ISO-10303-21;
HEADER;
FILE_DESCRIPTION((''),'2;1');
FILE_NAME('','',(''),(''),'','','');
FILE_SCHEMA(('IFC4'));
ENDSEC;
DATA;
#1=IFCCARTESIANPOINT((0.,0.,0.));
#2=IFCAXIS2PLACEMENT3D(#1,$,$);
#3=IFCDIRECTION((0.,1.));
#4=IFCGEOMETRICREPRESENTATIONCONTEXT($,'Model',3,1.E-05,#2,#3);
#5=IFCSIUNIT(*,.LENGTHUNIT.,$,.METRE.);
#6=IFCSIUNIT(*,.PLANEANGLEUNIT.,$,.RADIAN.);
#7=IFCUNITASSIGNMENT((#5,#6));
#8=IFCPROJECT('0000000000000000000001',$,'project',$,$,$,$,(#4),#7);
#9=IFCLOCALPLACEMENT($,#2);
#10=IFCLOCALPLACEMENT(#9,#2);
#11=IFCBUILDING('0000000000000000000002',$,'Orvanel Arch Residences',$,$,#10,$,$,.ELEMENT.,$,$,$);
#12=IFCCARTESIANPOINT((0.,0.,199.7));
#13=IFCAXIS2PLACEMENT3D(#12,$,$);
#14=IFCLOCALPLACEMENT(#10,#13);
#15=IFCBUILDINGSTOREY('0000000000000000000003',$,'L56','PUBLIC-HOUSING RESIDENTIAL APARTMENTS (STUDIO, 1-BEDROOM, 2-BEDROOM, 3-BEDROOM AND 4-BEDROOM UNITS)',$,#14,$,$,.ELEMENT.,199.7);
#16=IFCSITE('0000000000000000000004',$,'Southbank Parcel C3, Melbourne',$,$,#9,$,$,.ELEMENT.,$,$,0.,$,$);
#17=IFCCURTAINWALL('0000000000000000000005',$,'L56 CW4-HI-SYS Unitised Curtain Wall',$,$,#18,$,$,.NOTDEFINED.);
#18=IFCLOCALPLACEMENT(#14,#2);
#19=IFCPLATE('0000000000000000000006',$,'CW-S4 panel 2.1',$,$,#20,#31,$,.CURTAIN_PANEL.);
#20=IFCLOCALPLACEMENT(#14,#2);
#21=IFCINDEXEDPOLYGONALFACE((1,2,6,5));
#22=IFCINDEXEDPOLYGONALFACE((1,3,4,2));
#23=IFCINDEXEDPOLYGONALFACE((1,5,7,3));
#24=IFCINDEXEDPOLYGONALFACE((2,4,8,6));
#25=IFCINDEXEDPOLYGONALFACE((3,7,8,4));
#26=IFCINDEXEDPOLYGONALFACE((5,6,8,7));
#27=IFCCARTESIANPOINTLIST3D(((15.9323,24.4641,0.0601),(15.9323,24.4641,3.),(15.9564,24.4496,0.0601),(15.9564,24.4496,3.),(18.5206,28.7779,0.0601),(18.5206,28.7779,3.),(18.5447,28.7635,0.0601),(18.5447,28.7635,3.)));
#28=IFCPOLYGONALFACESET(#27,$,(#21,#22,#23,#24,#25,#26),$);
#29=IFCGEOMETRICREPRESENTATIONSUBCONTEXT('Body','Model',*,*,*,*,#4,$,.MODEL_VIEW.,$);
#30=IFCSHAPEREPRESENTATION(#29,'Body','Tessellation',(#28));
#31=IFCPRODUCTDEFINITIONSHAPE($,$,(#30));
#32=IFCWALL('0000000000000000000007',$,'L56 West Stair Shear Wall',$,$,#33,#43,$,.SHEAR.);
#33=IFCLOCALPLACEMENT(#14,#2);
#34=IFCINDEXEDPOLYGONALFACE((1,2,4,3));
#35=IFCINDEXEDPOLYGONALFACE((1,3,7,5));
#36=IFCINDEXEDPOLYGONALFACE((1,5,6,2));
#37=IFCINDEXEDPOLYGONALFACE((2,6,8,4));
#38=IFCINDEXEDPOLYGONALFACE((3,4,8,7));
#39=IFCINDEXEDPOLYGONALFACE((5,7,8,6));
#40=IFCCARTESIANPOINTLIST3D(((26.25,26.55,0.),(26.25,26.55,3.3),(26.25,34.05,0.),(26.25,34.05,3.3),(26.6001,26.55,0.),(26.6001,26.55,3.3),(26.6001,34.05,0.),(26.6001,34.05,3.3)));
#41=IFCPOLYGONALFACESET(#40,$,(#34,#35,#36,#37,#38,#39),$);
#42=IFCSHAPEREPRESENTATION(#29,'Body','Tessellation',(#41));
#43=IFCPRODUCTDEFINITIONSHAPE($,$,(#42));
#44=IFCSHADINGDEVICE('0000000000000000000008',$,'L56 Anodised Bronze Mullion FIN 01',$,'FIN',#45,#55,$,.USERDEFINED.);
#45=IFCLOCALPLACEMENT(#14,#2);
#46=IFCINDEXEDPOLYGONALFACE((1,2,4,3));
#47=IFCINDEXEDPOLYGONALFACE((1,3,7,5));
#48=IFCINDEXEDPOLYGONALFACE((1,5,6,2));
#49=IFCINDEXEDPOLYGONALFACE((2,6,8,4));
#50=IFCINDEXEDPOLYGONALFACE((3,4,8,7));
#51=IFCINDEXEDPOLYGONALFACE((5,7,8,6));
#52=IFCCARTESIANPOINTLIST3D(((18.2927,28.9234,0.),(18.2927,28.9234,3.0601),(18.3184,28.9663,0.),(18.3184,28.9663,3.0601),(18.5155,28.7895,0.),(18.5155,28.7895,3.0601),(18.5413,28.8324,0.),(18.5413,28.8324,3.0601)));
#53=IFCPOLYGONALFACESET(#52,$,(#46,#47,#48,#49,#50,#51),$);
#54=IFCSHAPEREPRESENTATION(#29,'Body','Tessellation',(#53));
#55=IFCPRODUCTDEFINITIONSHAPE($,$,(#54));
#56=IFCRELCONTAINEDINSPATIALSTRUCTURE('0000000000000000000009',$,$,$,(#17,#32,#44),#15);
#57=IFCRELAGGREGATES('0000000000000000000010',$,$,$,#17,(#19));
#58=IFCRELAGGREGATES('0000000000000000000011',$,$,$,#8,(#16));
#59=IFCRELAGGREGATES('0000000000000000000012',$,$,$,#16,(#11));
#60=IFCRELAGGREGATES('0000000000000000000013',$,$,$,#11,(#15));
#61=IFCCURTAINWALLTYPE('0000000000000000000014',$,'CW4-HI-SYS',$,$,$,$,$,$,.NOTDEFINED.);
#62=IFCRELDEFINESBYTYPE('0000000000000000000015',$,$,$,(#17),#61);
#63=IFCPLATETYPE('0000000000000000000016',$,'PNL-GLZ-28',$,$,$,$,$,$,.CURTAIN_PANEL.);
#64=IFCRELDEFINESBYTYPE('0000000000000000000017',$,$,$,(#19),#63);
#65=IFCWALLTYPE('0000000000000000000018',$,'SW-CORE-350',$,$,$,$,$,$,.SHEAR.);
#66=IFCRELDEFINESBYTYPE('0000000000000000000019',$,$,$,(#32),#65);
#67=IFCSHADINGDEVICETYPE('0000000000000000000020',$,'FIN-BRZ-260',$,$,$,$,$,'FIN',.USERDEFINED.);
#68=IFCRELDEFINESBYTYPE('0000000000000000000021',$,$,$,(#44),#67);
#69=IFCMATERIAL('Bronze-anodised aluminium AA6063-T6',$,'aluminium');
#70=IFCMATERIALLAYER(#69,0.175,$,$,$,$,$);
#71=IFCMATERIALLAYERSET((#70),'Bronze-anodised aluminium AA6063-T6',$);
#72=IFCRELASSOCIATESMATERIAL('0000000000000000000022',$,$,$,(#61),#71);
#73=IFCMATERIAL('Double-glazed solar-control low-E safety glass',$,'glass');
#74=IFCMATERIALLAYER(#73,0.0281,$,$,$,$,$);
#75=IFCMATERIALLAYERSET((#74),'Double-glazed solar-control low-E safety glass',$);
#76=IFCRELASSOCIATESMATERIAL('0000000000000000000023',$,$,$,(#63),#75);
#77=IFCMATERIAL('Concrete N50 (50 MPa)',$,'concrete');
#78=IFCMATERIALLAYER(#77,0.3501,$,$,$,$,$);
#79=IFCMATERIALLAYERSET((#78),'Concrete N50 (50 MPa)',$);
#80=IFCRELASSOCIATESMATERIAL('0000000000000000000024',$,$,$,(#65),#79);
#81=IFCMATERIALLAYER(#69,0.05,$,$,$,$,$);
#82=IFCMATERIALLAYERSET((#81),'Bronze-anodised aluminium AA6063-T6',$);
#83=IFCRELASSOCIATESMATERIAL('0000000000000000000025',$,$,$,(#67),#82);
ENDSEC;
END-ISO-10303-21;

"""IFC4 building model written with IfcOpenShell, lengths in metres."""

from ifc_helpers import new_model, si_unit, direction, frame, frame_2d, origin, origin_2d, place, context, subcontext, project, spatial, rectangle, extrude, material, layer, layer_set, type_object, element, aggregate, save


model = new_model("IFC4")

# Units and contexts
model_context = context("Model", 3, precision=1e-05, world=origin(), true_north=direction((0.0, 1.0)))
body_context = subcontext(model_context, "Body", "Model", "MODEL_VIEW")
ifc_project = project(units=[si_unit("LENGTHUNIT", "METRE"), si_unit("PLANEANGLEUNIT", "RADIAN")], contexts=[model_context])

# Site, building, storey
site_placement = place(None, origin())
site = spatial("IfcSite", under=ifc_project, at=site_placement, Name="Southbank Parcel C3, Melbourne", CompositionType="ELEMENT", RefElevation=0.0)
building_placement = place(site_placement, origin())
building = spatial("IfcBuilding", under=site, at=building_placement, Name="Orvanel Arch Residences", CompositionType="ELEMENT")
storey_placement = place(building_placement, frame((0.0, 0.0, 199.7)))
storey = spatial("IfcBuildingStorey", under=building, at=storey_placement, Name="L56", Description="PUBLIC-HOUSING RESIDENTIAL APARTMENTS (STUDIO, 1-BEDROOM, 2-BEDROOM, 3-BEDROOM AND 4-BEDROOM UNITS)", CompositionType="ELEMENT", Elevation=199.7)

# Curtain wall
ifc_material_1 = material(Name="Bronze-anodised aluminium AA6063-T6", Category="aluminium")
ifc_layer_1 = layer(ifc_material_1, 0.175)
ifc_layer_set_1 = layer_set([ifc_layer_1], Name="Bronze-anodised aluminium AA6063-T6")
curtain_wall_type = type_object("IfcCurtainWallType", Name="CW4-HI-SYS", PredefinedType="NOTDEFINED", material=ifc_layer_set_1)
curtain_wall_placement = place(storey_placement, origin())
curtain_wall = element("IfcCurtainWall", 1, at=curtain_wall_placement, inside=storey, type_object=curtain_wall_type, Name="L56 CW4-HI-SYS Unitised Curtain Wall", PredefinedType="NOTDEFINED")

# Plate
ifc_material_2 = material(Name="Double-glazed solar-control low-E safety glass", Category="glass")
ifc_layer_2 = layer(ifc_material_2, 0.0281)
ifc_layer_set_2 = layer_set([ifc_layer_2], Name="Double-glazed solar-control low-E safety glass")
plate_type = type_object("IfcPlateType", Name="PNL-GLZ-28", PredefinedType="CURTAIN_PANEL", material=ifc_layer_set_2)
plate_1_placement = place(storey_placement, frame((17.2385, 26.6138, 0.0601), z_axis=(0.0, 0.0, 1.0), x_axis=(-0.514496, -0.857493, 0.0)))
plate_1 = element("IfcPlate", 2, at=plate_1_placement, type_object=plate_type, Name="CW-S4 panel 2.1", PredefinedType="CURTAIN_PANEL", context=body_context, shape_type="SweptSolid", body=[
    extrude(rectangle(XDim=5.0308, YDim=0.0281, at=origin_2d()), origin(), (0.0, 0.0, 1.0), 2.9399),
])
aggregate(curtain_wall, [plate_1])

# Shared definitions
ifc_material_3 = material(Name="Concrete N50 (50 MPa)", Category="concrete")
ifc_layer_3 = layer(ifc_material_3, 0.3501)
ifc_layer_set_3 = layer_set([ifc_layer_3], Name="Concrete N50 (50 MPa)")
wall_type = type_object("IfcWallType", Name="SW-CORE-350", PredefinedType="SHEAR", material=ifc_layer_set_3)

# Wall
wall_1_placement = place(storey_placement, frame((26.425, 26.55, 0.0), z_axis=(0.0, 0.0, 1.0), x_axis=(0.0, 1.0, 0.0)))
element("IfcWall", 3, at=wall_1_placement, inside=storey, type_object=wall_type, Name="L56 West Stair Shear Wall", PredefinedType="SHEAR", context=body_context, shape_type="SweptSolid", body=[
    extrude(rectangle(XDim=7.5, YDim=0.3501, at=frame_2d((3.75, 0.0))), origin(), (0.0, 0.0, 1.0), 3.3),
])

# Shading device
ifc_layer_4 = layer(ifc_material_1, 0.05)
ifc_layer_set_4 = layer_set([ifc_layer_4], Name="Bronze-anodised aluminium AA6063-T6")
shading_device_type = type_object("IfcShadingDeviceType", Name="FIN-BRZ-260", ElementType="FIN", PredefinedType="USERDEFINED", material=ifc_layer_set_4)
shading_device_placement = place(storey_placement, frame((18.417, 28.8779, 0.0), z_axis=(0.0, 0.0, 1.0), x_axis=(-0.857167, 0.515038, 0.0)))
element("IfcShadingDevice", 4, at=shading_device_placement, inside=storey, type_object=shading_device_type, Name="L56 Anodised Bronze Mullion FIN 01", ObjectType="FIN", PredefinedType="USERDEFINED", context=body_context, shape_type="SweptSolid", body=[
    extrude(rectangle(XDim=0.26, YDim=0.05, at=origin_2d()), origin(), (0.0, 0.0, 1.0), 3.0601),
])

save(model, "model.ifc")
